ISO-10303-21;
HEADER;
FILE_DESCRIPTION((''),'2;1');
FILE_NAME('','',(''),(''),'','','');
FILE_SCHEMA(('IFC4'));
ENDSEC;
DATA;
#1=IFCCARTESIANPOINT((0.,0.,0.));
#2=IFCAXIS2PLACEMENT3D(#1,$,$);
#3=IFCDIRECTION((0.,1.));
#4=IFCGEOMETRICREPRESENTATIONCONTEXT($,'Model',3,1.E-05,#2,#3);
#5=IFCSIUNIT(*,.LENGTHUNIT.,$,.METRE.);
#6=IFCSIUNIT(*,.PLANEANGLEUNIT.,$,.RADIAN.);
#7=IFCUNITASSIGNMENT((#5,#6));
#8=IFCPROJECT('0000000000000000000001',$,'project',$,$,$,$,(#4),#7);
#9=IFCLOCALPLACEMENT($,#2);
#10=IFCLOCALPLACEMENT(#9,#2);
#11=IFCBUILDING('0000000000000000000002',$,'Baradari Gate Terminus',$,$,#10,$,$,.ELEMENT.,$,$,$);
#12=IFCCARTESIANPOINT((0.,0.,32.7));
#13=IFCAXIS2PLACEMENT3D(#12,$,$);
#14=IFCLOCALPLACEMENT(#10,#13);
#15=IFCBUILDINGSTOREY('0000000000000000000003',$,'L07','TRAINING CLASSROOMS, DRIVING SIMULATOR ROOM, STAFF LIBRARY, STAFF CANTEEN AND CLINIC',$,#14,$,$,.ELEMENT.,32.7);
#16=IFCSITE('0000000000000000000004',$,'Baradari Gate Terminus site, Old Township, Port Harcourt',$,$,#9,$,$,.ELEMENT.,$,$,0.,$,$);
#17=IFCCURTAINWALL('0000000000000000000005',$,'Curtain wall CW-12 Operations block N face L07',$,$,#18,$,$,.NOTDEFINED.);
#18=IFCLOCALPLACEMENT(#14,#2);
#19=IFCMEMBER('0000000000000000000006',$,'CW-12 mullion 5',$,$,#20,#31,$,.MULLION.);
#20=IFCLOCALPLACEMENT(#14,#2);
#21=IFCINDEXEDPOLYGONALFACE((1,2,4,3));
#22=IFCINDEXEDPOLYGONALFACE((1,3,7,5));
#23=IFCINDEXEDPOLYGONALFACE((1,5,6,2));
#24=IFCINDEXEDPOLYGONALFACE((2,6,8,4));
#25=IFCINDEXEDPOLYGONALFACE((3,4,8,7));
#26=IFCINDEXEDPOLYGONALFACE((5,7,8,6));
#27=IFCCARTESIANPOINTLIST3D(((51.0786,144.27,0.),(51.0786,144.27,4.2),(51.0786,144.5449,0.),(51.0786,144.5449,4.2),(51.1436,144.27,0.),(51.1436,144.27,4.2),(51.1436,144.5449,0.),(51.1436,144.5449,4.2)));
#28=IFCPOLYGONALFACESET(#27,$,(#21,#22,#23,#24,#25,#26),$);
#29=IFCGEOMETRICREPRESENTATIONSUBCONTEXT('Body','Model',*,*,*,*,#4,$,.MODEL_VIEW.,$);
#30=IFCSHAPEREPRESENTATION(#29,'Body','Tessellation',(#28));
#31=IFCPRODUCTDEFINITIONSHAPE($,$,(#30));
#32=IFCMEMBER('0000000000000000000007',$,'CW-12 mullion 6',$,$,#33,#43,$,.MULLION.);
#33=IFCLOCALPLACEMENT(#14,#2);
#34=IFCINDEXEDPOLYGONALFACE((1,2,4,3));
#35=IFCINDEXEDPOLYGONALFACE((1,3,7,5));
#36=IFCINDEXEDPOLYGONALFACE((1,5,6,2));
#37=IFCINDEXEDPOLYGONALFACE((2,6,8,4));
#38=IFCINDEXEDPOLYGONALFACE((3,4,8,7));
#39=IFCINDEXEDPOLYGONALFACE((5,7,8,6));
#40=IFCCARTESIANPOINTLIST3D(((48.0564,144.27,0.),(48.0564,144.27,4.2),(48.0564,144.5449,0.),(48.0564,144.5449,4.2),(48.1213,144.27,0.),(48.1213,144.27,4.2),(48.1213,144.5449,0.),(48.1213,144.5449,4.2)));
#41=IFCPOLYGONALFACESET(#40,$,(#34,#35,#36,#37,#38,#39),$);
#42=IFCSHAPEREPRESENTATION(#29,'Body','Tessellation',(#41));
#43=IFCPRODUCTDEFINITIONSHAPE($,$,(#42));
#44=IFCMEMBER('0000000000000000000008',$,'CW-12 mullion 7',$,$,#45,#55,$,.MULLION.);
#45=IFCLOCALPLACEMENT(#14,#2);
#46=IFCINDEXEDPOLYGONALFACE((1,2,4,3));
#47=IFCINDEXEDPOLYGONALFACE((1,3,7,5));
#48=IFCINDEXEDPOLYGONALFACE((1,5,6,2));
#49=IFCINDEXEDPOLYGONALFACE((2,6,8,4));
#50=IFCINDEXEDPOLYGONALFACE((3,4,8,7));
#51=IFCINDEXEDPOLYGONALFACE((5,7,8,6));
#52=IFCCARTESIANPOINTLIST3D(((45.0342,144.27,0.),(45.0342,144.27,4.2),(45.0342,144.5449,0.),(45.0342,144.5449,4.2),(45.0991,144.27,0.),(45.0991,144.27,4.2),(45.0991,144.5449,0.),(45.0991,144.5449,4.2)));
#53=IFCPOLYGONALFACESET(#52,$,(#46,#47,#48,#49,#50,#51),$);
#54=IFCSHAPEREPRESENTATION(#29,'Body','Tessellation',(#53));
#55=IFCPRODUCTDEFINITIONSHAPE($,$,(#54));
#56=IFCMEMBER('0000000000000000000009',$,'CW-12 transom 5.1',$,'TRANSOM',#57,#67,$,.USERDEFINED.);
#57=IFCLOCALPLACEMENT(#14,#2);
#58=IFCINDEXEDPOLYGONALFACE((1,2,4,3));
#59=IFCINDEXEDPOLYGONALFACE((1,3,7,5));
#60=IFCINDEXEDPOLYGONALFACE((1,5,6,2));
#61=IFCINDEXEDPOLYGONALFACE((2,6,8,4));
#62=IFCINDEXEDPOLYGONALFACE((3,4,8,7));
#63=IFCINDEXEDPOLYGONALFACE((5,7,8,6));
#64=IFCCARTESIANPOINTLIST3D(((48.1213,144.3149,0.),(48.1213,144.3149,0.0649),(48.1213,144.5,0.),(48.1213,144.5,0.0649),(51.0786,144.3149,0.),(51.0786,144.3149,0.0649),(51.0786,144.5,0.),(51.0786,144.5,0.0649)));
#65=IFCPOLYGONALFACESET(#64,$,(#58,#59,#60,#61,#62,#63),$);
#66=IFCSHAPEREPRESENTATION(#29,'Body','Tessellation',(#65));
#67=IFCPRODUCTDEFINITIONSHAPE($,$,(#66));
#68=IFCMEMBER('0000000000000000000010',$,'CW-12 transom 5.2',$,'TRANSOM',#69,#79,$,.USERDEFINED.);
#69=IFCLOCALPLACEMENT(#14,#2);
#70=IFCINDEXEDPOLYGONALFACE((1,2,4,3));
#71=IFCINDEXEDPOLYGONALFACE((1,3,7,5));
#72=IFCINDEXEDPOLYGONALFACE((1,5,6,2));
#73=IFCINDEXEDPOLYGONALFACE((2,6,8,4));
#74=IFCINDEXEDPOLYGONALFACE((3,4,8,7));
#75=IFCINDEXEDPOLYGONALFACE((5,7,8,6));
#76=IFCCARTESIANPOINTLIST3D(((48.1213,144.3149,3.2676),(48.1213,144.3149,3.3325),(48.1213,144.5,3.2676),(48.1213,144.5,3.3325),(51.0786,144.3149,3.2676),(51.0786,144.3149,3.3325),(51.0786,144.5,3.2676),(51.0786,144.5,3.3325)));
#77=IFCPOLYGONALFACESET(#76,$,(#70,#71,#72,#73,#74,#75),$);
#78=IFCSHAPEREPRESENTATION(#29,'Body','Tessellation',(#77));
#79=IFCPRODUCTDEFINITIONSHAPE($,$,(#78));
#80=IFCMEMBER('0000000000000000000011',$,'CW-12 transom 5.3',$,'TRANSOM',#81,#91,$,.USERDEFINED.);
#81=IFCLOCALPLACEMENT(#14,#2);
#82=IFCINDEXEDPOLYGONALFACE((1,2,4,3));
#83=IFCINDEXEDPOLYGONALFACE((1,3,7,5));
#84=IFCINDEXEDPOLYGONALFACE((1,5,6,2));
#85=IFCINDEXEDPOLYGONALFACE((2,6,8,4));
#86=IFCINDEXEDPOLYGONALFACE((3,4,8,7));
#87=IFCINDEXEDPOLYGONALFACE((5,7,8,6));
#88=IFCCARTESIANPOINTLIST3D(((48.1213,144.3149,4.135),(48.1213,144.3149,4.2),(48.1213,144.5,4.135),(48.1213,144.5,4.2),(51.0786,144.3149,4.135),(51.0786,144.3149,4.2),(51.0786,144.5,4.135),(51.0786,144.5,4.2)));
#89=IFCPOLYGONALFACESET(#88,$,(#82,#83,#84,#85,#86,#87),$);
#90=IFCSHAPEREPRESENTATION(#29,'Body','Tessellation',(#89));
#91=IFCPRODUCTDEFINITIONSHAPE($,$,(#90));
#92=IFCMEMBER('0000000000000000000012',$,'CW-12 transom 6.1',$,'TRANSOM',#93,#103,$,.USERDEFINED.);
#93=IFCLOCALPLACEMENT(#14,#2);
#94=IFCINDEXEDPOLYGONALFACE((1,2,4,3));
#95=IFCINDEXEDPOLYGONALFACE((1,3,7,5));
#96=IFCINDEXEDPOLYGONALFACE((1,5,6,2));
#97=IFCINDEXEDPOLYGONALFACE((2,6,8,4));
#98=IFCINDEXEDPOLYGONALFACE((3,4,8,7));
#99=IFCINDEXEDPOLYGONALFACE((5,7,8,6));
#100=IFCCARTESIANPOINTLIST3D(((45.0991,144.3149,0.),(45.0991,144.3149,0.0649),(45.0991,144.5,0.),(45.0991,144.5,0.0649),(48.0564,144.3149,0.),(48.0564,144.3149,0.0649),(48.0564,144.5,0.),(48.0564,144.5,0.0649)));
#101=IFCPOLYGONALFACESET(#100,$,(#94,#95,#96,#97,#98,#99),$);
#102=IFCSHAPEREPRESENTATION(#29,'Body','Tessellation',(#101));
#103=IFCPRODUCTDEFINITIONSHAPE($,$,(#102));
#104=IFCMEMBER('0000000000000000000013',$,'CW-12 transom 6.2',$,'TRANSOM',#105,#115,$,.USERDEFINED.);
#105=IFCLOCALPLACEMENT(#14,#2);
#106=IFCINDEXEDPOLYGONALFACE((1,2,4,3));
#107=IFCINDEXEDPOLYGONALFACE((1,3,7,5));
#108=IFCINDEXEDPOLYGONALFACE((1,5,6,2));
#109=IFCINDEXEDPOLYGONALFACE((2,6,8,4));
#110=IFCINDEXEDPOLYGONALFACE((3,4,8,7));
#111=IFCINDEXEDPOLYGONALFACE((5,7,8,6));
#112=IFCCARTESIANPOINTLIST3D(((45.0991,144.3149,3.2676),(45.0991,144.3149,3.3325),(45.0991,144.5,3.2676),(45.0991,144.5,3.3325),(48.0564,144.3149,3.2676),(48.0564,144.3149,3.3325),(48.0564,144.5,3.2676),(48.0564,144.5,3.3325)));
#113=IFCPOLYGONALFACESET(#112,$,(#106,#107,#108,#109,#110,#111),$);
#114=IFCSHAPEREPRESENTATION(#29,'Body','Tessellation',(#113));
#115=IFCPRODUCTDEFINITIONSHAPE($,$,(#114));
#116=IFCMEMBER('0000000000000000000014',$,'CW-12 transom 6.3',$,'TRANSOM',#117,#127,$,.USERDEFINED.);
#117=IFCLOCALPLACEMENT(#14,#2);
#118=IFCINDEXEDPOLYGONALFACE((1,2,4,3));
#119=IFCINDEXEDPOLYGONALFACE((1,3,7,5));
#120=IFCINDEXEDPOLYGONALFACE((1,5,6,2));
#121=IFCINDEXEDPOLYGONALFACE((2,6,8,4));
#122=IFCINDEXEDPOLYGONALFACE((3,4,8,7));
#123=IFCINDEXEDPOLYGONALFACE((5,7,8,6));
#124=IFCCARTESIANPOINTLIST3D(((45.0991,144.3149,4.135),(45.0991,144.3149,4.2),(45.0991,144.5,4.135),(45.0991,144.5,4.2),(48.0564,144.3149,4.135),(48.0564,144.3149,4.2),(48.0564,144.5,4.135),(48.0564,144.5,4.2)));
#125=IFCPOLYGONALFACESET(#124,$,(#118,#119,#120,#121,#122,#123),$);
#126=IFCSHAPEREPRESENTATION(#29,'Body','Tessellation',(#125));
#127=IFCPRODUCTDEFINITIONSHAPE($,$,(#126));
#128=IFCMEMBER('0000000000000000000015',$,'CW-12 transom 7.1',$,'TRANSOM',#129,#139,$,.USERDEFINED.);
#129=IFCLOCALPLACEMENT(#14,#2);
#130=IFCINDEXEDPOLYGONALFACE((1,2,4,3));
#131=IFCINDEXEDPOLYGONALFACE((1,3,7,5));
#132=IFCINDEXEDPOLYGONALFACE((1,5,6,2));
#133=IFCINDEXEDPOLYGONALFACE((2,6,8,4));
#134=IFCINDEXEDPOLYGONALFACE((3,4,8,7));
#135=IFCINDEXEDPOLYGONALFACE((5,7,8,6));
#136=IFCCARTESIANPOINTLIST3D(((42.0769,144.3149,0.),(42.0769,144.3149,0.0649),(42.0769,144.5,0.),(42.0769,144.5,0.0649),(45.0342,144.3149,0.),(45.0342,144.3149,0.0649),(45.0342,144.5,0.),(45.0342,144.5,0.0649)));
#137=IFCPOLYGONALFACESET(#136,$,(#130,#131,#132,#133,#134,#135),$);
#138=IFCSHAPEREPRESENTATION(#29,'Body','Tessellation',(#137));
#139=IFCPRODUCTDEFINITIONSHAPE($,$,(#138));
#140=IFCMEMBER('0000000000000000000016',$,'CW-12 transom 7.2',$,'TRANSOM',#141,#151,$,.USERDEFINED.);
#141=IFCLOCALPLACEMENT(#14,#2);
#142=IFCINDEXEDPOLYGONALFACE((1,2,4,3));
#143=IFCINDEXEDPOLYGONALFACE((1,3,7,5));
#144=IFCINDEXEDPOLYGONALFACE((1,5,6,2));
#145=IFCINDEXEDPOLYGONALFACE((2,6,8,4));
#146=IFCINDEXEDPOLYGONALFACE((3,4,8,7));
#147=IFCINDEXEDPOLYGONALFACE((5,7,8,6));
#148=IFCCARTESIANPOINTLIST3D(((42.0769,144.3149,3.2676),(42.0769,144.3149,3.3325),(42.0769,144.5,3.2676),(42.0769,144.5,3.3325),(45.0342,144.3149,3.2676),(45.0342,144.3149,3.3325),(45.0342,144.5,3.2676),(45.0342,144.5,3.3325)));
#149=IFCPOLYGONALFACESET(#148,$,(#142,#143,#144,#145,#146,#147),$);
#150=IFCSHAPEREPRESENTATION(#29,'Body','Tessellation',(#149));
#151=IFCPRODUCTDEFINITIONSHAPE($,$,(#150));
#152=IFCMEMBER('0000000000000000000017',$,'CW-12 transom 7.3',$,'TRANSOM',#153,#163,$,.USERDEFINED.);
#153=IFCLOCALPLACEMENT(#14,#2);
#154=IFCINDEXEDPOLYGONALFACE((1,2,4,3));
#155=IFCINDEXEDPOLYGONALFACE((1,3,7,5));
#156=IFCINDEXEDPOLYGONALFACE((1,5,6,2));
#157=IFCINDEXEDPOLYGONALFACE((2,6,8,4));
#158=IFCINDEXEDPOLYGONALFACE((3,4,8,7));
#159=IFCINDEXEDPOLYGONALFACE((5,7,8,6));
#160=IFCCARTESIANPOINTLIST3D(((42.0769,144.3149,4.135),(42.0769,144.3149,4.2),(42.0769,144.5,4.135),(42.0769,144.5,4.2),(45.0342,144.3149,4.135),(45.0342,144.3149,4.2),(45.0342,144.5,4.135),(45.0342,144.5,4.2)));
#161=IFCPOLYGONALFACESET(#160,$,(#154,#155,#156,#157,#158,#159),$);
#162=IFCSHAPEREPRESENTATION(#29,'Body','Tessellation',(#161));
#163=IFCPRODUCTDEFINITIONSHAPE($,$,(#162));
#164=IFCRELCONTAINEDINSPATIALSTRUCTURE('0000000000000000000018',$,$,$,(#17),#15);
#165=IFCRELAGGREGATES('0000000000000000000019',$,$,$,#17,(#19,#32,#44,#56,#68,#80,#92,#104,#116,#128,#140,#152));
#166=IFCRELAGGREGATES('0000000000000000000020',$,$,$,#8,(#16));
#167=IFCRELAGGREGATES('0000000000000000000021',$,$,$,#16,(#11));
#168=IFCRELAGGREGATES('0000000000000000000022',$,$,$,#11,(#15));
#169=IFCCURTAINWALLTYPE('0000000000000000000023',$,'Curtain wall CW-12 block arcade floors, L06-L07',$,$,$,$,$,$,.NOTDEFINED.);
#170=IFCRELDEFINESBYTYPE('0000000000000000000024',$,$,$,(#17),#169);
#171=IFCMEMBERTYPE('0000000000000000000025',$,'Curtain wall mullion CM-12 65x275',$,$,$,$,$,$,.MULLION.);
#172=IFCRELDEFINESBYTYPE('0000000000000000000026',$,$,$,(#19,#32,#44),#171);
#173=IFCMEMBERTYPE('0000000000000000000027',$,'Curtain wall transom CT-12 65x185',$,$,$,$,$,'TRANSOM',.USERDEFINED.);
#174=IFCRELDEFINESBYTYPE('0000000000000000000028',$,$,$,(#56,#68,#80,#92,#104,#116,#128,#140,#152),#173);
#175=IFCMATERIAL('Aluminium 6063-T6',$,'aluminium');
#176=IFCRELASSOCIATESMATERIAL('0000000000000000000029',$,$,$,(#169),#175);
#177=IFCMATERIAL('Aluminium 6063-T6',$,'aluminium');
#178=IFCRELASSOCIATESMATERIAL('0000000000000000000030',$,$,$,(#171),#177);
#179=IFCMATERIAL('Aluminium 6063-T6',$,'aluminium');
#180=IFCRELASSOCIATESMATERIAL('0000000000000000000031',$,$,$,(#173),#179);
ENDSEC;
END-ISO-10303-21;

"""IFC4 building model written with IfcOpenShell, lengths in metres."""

from ifc_helpers import new_model, si_unit, direction, frame, origin, origin_2d, place, context, subcontext, project, spatial, rectangle, extrude, material, material_profile, profile_set, type_object, element, aggregate, save


model = new_model("IFC4")

# Units and contexts
model_context = context("Model", 3, precision=1e-05, world=origin(), true_north=direction((0.0, 1.0)))
body_context = subcontext(model_context, "Body", "Model", "MODEL_VIEW")
ifc_project = project(units=[si_unit("LENGTHUNIT", "METRE"), si_unit("PLANEANGLEUNIT", "RADIAN")], contexts=[model_context])

# Site, building, storey
site_placement = place(None, origin())
site = spatial("IfcSite", under=ifc_project, at=site_placement, Name="Baradari Gate Terminus site, Old Township, Port Harcourt", CompositionType="ELEMENT", RefElevation=0.0)
building_placement = place(site_placement, origin())
building = spatial("IfcBuilding", under=site, at=building_placement, Name="Baradari Gate Terminus", CompositionType="ELEMENT")
storey_placement = place(building_placement, frame((0.0, 0.0, 32.7)))
storey = spatial("IfcBuildingStorey", under=building, at=storey_placement, Name="L07", Description="TRAINING CLASSROOMS, DRIVING SIMULATOR ROOM, STAFF LIBRARY, STAFF CANTEEN AND CLINIC", CompositionType="ELEMENT", Elevation=32.7)

# Curtain wall, members
ifc_material_1 = material(Name="Aluminium 6063-T6", Category="aluminium")
curtain_wall_type = type_object("IfcCurtainWallType", Name="Curtain wall CW-12 block arcade floors, L06-L07", PredefinedType="NOTDEFINED", material=ifc_material_1)
curtain_wall_placement = place(storey_placement, origin())
curtain_wall = element("IfcCurtainWall", 1, at=curtain_wall_placement, inside=storey, type_object=curtain_wall_type, Name="Curtain wall CW-12 Operations block N face L07", PredefinedType="NOTDEFINED")
ifc_material_2 = material(Name="Aluminium 6063-T6", Category="aluminium")
ifc_material_profile_1 = material_profile(ifc_material_2, rectangle(XDim=0.2749, YDim=0.0649, at=origin_2d()), Name="CM-12 65X275")
ifc_profile_set_1 = profile_set([ifc_material_profile_1], Name="Aluminium 6063-T6")
member_type_1 = type_object("IfcMemberType", Name="Curtain wall mullion CM-12 65x275", PredefinedType="MULLION", material=ifc_profile_set_1)
member_1_placement = place(storey_placement, frame((51.1111, 144.4075, 0.0), z_axis=(0.0, 0.0, 1.0), x_axis=(0.0, -1.0, 0.0)))
member_1 = element("IfcMember", 2, at=member_1_placement, type_object=member_type_1, Name="CW-12 mullion 5", PredefinedType="MULLION", context=body_context, shape_type="SweptSolid", body=[
    extrude(rectangle(XDim=0.2749, YDim=0.0649, at=origin_2d()), origin(), (0.0, 0.0, 1.0), 4.2),
])
member_2_placement = place(storey_placement, frame((48.0889, 144.4075, 0.0), z_axis=(0.0, 0.0, 1.0), x_axis=(0.0, -1.0, 0.0)))
member_2 = element("IfcMember", 3, at=member_2_placement, type_object=member_type_1, Name="CW-12 mullion 6", PredefinedType="MULLION", context=body_context, shape_type="SweptSolid", body=[
    extrude(rectangle(XDim=0.2749, YDim=0.0649, at=origin_2d()), origin(), (0.0, 0.0, 1.0), 4.2),
])
member_3_placement = place(storey_placement, frame((45.0667, 144.4075, 0.0), z_axis=(0.0, 0.0, 1.0), x_axis=(0.0, -1.0, 0.0)))
member_3 = element("IfcMember", 4, at=member_3_placement, type_object=member_type_1, Name="CW-12 mullion 7", PredefinedType="MULLION", context=body_context, shape_type="SweptSolid", body=[
    extrude(rectangle(XDim=0.2749, YDim=0.0649, at=origin_2d()), origin(), (0.0, 0.0, 1.0), 4.2),
])
ifc_material_3 = material(Name="Aluminium 6063-T6", Category="aluminium")
ifc_material_profile_2 = material_profile(ifc_material_3, rectangle(XDim=0.1851, YDim=0.0649, at=origin_2d()), Name="CT-12 65X185")
ifc_profile_set_2 = profile_set([ifc_material_profile_2], Name="Aluminium 6063-T6")
member_type_2 = type_object("IfcMemberType", Name="Curtain wall transom CT-12 65x185", ElementType="TRANSOM", PredefinedType="USERDEFINED", material=ifc_profile_set_2)
member_4_placement = place(storey_placement, frame((51.0786, 144.4075, 0.0325), z_axis=(-1.0, 0.0, 0.0), x_axis=(0.0, -1.0, 0.0)))
member_4 = element("IfcMember", 5, at=member_4_placement, type_object=member_type_2, Name="CW-12 transom 5.1", ObjectType="TRANSOM", PredefinedType="USERDEFINED", context=body_context, shape_type="SweptSolid", body=[
    extrude(rectangle(XDim=0.1851, YDim=0.0649, at=origin_2d()), origin(), (0.0, 0.0, 1.0), 2.9573),
])
member_5_placement = place(storey_placement, frame((51.0786, 144.4075, 3.3), z_axis=(-1.0, 0.0, 0.0), x_axis=(0.0, -1.0, 0.0)))
member_5 = element("IfcMember", 6, at=member_5_placement, type_object=member_type_2, Name="CW-12 transom 5.2", ObjectType="TRANSOM", PredefinedType="USERDEFINED", context=body_context, shape_type="SweptSolid", body=[
    extrude(rectangle(XDim=0.1851, YDim=0.0649, at=origin_2d()), origin(), (0.0, 0.0, 1.0), 2.9573),
])
member_6_placement = place(storey_placement, frame((51.0786, 144.4075, 4.1675), z_axis=(-1.0, 0.0, 0.0), x_axis=(0.0, -1.0, 0.0)))
member_6 = element("IfcMember", 7, at=member_6_placement, type_object=member_type_2, Name="CW-12 transom 5.3", ObjectType="TRANSOM", PredefinedType="USERDEFINED", context=body_context, shape_type="SweptSolid", body=[
    extrude(rectangle(XDim=0.1851, YDim=0.0649, at=origin_2d()), origin(), (0.0, 0.0, 1.0), 2.9573),
])
member_7_placement = place(storey_placement, frame((48.0564, 144.4075, 0.0325), z_axis=(-1.0, 0.0, 0.0), x_axis=(0.0, -1.0, 0.0)))
member_7 = element("IfcMember", 8, at=member_7_placement, type_object=member_type_2, Name="CW-12 transom 6.1", ObjectType="TRANSOM", PredefinedType="USERDEFINED", context=body_context, shape_type="SweptSolid", body=[
    extrude(rectangle(XDim=0.1851, YDim=0.0649, at=origin_2d()), origin(), (0.0, 0.0, 1.0), 2.9573),
])
member_8_placement = place(storey_placement, frame((48.0564, 144.4075, 3.3), z_axis=(-1.0, 0.0, 0.0), x_axis=(0.0, -1.0, 0.0)))
member_8 = element("IfcMember", 9, at=member_8_placement, type_object=member_type_2, Name="CW-12 transom 6.2", ObjectType="TRANSOM", PredefinedType="USERDEFINED", context=body_context, shape_type="SweptSolid", body=[
    extrude(rectangle(XDim=0.1851, YDim=0.0649, at=origin_2d()), origin(), (0.0, 0.0, 1.0), 2.9573),
])
member_9_placement = place(storey_placement, frame((48.0564, 144.4075, 4.1675), z_axis=(-1.0, 0.0, 0.0), x_axis=(0.0, -1.0, 0.0)))
member_9 = element("IfcMember", 10, at=member_9_placement, type_object=member_type_2, Name="CW-12 transom 6.3", ObjectType="TRANSOM", PredefinedType="USERDEFINED", context=body_context, shape_type="SweptSolid", body=[
    extrude(rectangle(XDim=0.1851, YDim=0.0649, at=origin_2d()), origin(), (0.0, 0.0, 1.0), 2.9573),
])
member_10_placement = place(storey_placement, frame((45.0342, 144.4075, 0.0325), z_axis=(-1.0, 0.0, 0.0), x_axis=(0.0, -1.0, 0.0)))
member_10 = element("IfcMember", 11, at=member_10_placement, type_object=member_type_2, Name="CW-12 transom 7.1", ObjectType="TRANSOM", PredefinedType="USERDEFINED", context=body_context, shape_type="SweptSolid", body=[
    extrude(rectangle(XDim=0.1851, YDim=0.0649, at=origin_2d()), origin(), (0.0, 0.0, 1.0), 2.9573),
])
member_11_placement = place(storey_placement, frame((45.0342, 144.4075, 3.3), z_axis=(-1.0, 0.0, 0.0), x_axis=(0.0, -1.0, 0.0)))
member_11 = element("IfcMember", 12, at=member_11_placement, type_object=member_type_2, Name="CW-12 transom 7.2", ObjectType="TRANSOM", PredefinedType="USERDEFINED", context=body_context, shape_type="SweptSolid", body=[
    extrude(rectangle(XDim=0.1851, YDim=0.0649, at=origin_2d()), origin(), (0.0, 0.0, 1.0), 2.9573),
])
member_12_placement = place(storey_placement, frame((45.0342, 144.4075, 4.1675), z_axis=(-1.0, 0.0, 0.0), x_axis=(0.0, -1.0, 0.0)))
member_12 = element("IfcMember", 13, at=member_12_placement, type_object=member_type_2, Name="CW-12 transom 7.3", ObjectType="TRANSOM", PredefinedType="USERDEFINED", context=body_context, shape_type="SweptSolid", body=[
    extrude(rectangle(XDim=0.1851, YDim=0.0649, at=origin_2d()), origin(), (0.0, 0.0, 1.0), 2.9573),
])

aggregate(curtain_wall, [member_1, member_2, member_3, member_4, member_5, member_6, member_7, member_8, member_9, member_10, member_11, member_12])

save(model, "model.ifc")
